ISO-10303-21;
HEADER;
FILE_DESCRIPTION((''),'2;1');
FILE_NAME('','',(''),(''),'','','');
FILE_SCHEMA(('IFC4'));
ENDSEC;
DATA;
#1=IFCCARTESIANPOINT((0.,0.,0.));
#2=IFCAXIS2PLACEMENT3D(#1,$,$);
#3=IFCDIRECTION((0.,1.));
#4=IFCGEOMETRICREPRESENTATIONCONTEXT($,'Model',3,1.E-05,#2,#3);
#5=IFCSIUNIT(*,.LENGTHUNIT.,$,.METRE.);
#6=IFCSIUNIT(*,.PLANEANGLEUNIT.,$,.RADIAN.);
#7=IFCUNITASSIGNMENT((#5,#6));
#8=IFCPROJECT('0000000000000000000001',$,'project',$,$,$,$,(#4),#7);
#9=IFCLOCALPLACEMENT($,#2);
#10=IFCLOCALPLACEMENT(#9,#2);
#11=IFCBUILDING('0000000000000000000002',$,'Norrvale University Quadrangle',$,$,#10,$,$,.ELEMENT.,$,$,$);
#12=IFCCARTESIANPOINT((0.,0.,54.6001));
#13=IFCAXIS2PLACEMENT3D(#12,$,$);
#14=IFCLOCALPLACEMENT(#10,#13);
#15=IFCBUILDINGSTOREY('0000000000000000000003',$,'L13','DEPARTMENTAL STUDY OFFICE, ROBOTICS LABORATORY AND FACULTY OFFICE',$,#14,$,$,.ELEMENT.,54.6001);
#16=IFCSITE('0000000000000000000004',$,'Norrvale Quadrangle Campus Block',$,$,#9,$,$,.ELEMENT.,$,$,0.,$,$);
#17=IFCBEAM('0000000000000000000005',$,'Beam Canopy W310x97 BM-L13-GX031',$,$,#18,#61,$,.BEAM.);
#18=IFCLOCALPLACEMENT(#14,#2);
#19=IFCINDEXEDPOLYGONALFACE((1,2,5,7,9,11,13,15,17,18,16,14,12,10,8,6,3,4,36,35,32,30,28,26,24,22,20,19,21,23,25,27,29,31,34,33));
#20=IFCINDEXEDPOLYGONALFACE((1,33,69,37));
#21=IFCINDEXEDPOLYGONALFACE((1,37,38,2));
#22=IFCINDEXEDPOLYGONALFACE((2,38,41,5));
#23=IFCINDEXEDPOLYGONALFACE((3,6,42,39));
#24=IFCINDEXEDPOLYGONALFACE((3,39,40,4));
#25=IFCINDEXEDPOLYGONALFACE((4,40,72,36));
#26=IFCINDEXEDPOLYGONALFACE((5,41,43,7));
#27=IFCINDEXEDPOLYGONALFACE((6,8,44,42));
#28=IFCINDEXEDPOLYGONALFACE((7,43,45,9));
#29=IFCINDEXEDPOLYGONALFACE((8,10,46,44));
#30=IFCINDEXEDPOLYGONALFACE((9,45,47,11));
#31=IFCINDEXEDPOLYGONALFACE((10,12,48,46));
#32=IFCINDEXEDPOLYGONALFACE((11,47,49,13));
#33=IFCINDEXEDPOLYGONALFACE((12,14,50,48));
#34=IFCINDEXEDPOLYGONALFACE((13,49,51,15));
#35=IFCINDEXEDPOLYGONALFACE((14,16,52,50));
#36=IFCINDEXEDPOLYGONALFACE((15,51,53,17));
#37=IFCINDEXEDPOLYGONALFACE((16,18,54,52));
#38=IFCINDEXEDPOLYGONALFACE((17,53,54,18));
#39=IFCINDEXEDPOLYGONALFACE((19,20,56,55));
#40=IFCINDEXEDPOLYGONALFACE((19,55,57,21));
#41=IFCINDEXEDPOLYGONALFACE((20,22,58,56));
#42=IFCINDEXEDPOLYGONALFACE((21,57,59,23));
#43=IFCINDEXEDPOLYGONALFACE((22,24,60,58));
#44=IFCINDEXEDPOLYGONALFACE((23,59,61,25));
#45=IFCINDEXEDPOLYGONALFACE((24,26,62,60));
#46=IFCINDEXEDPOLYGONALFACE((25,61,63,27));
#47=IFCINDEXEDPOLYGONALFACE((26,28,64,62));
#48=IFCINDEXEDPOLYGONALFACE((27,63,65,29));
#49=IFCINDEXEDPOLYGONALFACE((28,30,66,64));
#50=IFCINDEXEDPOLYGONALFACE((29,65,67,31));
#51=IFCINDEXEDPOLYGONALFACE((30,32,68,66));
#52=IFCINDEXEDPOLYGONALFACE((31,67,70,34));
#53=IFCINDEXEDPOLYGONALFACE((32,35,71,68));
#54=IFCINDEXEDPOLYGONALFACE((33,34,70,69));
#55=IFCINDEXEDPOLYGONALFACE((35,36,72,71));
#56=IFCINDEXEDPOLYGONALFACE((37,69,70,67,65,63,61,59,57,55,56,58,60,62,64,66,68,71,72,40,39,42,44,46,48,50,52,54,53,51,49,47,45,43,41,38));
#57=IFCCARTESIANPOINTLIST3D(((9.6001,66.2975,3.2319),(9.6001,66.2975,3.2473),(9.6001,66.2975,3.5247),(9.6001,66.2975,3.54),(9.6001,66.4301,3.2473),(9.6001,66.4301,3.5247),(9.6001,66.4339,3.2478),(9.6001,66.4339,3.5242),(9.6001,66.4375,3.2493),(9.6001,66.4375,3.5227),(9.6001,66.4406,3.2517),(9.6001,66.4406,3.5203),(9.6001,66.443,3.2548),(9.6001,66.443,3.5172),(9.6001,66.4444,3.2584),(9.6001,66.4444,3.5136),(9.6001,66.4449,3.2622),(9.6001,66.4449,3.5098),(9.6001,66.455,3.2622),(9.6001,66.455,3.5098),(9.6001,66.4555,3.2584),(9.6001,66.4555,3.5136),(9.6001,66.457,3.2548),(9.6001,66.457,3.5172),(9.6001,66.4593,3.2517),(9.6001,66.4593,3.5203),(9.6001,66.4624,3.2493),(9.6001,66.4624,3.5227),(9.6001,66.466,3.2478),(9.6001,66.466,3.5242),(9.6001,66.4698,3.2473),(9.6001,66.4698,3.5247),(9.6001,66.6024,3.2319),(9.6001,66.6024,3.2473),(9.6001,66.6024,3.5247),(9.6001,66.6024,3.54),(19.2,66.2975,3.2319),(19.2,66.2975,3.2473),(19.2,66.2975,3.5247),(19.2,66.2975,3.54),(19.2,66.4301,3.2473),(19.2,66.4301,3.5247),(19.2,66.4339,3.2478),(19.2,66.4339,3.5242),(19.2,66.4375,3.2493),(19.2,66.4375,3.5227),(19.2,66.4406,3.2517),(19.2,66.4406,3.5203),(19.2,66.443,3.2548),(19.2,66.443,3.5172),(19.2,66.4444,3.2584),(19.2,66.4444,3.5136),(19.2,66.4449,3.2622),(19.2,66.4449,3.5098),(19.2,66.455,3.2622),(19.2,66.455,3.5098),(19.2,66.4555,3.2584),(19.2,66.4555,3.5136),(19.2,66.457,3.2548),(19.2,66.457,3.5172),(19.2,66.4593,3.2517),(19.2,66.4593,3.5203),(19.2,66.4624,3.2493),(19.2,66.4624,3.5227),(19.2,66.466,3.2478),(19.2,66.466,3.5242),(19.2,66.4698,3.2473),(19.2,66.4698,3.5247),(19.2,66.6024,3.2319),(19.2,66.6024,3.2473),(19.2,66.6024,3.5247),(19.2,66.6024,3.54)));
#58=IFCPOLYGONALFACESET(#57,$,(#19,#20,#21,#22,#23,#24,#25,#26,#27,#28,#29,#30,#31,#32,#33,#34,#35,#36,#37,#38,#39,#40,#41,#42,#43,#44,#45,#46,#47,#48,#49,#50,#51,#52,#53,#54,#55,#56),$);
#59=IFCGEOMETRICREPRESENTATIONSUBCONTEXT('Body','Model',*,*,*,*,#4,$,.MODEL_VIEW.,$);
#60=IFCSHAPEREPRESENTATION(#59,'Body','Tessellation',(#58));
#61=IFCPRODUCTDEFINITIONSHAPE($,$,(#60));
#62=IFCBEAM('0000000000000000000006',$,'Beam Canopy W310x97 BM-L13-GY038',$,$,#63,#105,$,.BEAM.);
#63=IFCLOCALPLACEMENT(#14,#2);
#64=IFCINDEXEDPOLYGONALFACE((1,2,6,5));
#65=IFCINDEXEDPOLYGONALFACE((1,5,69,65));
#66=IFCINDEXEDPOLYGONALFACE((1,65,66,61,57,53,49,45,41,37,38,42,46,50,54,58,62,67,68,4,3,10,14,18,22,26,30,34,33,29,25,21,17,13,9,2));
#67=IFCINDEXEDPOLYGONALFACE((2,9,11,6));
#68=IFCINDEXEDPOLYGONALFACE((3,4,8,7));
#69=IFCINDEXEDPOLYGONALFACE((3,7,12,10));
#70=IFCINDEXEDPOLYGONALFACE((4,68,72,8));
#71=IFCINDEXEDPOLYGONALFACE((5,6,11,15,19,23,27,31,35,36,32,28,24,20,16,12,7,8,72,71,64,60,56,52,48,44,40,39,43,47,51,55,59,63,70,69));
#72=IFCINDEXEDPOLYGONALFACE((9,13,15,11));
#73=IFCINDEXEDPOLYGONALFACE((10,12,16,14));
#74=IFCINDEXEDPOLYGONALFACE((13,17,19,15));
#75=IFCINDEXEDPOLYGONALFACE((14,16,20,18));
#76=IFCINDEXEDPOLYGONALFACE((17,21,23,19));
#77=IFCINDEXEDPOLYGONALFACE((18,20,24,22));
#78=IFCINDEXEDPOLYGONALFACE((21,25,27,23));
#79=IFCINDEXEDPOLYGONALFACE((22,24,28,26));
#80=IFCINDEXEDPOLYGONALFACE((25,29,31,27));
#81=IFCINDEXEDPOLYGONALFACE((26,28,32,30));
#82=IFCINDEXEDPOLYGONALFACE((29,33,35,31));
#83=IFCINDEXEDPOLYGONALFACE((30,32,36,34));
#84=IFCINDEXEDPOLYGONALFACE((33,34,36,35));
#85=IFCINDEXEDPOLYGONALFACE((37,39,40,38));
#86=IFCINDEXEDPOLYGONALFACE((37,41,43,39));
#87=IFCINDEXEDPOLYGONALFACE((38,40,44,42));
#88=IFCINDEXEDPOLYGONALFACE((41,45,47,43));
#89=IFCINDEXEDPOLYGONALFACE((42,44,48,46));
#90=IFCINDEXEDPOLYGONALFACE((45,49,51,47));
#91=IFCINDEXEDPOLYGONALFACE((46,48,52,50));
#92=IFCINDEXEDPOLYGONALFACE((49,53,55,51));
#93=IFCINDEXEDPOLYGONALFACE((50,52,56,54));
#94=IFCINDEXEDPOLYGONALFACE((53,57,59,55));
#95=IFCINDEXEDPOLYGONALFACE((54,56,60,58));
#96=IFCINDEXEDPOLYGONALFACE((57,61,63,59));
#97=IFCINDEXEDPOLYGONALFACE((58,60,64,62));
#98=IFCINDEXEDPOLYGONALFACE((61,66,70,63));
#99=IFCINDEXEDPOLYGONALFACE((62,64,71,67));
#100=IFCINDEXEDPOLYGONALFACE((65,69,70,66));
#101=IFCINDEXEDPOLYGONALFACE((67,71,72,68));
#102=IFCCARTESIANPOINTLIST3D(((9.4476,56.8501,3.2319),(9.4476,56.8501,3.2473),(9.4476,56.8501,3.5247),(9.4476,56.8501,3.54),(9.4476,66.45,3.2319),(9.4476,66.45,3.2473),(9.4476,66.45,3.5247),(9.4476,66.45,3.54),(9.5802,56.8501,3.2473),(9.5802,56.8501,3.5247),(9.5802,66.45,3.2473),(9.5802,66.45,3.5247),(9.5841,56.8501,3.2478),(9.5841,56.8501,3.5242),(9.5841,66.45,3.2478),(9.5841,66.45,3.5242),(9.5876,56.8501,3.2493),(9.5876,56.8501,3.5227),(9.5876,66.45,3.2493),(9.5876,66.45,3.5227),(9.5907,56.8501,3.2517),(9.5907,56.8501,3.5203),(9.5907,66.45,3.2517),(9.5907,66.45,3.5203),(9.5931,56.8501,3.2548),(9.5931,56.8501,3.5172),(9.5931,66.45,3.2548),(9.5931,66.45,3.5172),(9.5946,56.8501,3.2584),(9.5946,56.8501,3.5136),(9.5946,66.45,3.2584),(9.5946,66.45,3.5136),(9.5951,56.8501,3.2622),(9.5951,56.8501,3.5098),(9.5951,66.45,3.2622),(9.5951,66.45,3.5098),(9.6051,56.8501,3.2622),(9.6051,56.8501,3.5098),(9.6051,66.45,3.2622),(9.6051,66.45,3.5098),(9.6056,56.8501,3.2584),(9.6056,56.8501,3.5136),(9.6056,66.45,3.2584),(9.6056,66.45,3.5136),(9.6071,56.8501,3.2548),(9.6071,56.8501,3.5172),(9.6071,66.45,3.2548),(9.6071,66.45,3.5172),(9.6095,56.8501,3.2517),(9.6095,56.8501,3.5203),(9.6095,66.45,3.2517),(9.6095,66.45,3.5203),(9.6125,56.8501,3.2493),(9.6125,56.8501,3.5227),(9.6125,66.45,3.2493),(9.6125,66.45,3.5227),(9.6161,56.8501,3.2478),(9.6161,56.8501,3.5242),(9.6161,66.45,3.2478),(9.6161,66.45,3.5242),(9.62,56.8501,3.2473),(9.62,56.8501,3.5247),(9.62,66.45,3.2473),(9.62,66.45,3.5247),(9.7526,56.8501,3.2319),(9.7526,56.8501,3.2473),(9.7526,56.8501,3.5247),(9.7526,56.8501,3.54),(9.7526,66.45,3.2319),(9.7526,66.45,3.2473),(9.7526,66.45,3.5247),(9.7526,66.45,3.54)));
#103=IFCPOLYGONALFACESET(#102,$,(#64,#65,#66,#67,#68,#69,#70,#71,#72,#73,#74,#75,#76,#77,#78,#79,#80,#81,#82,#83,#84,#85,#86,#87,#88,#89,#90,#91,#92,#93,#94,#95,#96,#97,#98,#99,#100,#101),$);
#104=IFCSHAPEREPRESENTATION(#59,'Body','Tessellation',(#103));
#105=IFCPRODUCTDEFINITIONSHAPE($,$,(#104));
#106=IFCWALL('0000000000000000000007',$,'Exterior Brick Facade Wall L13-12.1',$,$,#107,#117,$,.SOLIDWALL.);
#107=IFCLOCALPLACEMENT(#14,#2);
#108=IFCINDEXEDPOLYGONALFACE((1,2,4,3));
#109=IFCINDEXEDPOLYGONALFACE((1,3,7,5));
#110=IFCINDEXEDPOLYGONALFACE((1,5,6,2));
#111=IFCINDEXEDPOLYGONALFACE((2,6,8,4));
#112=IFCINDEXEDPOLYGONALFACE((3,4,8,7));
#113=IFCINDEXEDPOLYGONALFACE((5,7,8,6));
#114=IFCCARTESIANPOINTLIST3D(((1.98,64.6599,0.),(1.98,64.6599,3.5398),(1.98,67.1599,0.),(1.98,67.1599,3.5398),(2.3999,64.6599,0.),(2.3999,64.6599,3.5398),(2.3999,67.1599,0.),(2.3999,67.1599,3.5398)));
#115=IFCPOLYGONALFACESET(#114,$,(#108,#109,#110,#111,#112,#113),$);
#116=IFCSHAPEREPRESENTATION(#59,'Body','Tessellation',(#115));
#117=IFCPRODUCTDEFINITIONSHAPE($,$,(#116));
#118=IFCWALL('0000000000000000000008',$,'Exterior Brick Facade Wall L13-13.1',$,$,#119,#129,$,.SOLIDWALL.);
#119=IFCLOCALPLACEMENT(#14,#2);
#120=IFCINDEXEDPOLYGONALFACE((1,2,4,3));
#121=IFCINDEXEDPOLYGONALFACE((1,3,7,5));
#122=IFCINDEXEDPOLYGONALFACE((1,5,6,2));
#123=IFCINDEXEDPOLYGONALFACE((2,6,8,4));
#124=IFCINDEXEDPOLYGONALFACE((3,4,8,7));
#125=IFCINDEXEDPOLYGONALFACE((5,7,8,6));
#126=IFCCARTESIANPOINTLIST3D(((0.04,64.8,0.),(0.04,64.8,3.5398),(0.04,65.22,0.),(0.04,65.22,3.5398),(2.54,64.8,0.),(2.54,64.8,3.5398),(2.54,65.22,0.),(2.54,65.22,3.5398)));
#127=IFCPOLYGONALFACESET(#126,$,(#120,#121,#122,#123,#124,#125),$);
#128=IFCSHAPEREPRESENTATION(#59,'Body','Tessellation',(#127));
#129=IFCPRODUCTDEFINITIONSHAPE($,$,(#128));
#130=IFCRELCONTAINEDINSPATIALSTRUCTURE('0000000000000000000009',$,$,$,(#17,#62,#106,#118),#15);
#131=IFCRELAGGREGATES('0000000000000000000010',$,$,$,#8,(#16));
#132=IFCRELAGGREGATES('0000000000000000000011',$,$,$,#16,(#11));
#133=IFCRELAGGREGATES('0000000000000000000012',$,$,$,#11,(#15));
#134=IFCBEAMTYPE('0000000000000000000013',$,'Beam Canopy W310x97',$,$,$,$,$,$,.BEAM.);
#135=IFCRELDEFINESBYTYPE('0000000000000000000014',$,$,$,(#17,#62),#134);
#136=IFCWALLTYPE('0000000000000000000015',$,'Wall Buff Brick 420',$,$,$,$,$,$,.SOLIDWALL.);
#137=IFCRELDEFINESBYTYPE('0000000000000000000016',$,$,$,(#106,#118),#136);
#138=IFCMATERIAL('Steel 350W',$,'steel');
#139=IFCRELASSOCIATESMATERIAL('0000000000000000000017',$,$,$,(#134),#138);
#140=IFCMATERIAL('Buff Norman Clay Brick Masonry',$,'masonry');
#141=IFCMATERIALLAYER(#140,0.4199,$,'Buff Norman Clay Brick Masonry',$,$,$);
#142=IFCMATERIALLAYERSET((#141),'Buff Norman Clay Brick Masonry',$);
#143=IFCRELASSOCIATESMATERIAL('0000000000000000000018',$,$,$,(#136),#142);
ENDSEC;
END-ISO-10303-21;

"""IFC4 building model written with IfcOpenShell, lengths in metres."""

from ifc_helpers import new_model, si_unit, direction, frame, frame_2d, origin, origin_2d, place, context, subcontext, project, spatial, rectangle, i_section, extrude, material, layer, layer_set, material_profile, profile_set, type_object, element, save


model = new_model("IFC4")

# Units and contexts
model_context = context("Model", 3, precision=1e-05, world=origin(), true_north=direction((0.0, 1.0)))
body_context = subcontext(model_context, "Body", "Model", "MODEL_VIEW")
ifc_project = project(units=[si_unit("LENGTHUNIT", "METRE"), si_unit("PLANEANGLEUNIT", "RADIAN")], contexts=[model_context])

# Site, building, storey
site_placement = place(None, origin())
site = spatial("IfcSite", under=ifc_project, at=site_placement, Name="Norrvale Quadrangle Campus Block", CompositionType="ELEMENT", RefElevation=0.0)
building_placement = place(site_placement, origin())
building = spatial("IfcBuilding", under=site, at=building_placement, Name="Norrvale University Quadrangle", CompositionType="ELEMENT")
storey_placement = place(building_placement, frame((0.0, 0.0, 54.6001)))
storey = spatial("IfcBuildingStorey", under=building, at=storey_placement, Name="L13", Description="DEPARTMENTAL STUDY OFFICE, ROBOTICS LABORATORY AND FACULTY OFFICE", CompositionType="ELEMENT", Elevation=54.6001)

# Beams
ifc_material_1 = material(Name="Steel 350W", Category="steel")
ifc_material_profile_1 = material_profile(ifc_material_1, i_section(OverallWidth=0.3049, OverallDepth=0.3081, WebThickness=0.01, FlangeThickness=0.0154, FilletRadius=0.0149, at=origin_2d()), Name="Steel 350W")
ifc_profile_set_1 = profile_set([ifc_material_profile_1], Name="Steel 350W")
beam_type_1 = type_object("IfcBeamType", Name="Beam Canopy W310x97", PredefinedType="BEAM", material=ifc_profile_set_1)
for number, where, z_axis, x_axis, name in (
    (1, (9.6001, 66.45, 3.386), (1.0, 0.0, 0.0), (0.0, 1.0, 0.0), "Beam Canopy W310x97 BM-L13-GX031"),
    (2, (9.6001, 56.8501, 3.386), (0.0, 1.0, 0.0), (-1.0, 0.0, 0.0), "Beam Canopy W310x97 BM-L13-GY038"),
):
    element("IfcBeam", number, at=place(storey_placement, frame(where, z_axis=z_axis, x_axis=x_axis)), inside=storey, type_object=beam_type_1, Name=name, PredefinedType="BEAM", context=body_context, shape_type="SweptSolid", body=[
        extrude(i_section(OverallWidth=0.3049, OverallDepth=0.3081, WebThickness=0.01, FlangeThickness=0.0154, FilletRadius=0.0149, at=origin_2d()), origin(), (0.0, 0.0, 1.0), 9.5999),
    ])

# Walls
ifc_material_2 = material(Name="Buff Norman Clay Brick Masonry", Category="masonry")
ifc_layer = layer(ifc_material_2, 0.4199, Name="Buff Norman Clay Brick Masonry")
ifc_layer_set = layer_set([ifc_layer], Name="Buff Norman Clay Brick Masonry")
wall_type = type_object("IfcWallType", Name="Wall Buff Brick 420", PredefinedType="SOLIDWALL", material=ifc_layer_set)
for number, where, z_axis, x_axis, name in (
    (3, (2.1899, 67.1599, 0.0), (0.0, 0.0, 1.0), (0.0, -1.0, 0.0), "Exterior Brick Facade Wall L13-12.1"),
    (4, (2.54, 65.01, 0.0), (0.0, 0.0, 1.0), (-1.0, 0.0, 0.0), "Exterior Brick Facade Wall L13-13.1"),
):
    element("IfcWall", number, at=place(storey_placement, frame(where, z_axis=z_axis, x_axis=x_axis)), inside=storey, type_object=wall_type, Name=name, PredefinedType="SOLIDWALL", context=body_context, shape_type="SweptSolid", body=[
        extrude(rectangle(XDim=2.5, YDim=0.4199, at=frame_2d((1.25, 0.0))), origin(), (0.0, 0.0, 1.0), 3.5398),
    ])

save(model, "model.ifc")
